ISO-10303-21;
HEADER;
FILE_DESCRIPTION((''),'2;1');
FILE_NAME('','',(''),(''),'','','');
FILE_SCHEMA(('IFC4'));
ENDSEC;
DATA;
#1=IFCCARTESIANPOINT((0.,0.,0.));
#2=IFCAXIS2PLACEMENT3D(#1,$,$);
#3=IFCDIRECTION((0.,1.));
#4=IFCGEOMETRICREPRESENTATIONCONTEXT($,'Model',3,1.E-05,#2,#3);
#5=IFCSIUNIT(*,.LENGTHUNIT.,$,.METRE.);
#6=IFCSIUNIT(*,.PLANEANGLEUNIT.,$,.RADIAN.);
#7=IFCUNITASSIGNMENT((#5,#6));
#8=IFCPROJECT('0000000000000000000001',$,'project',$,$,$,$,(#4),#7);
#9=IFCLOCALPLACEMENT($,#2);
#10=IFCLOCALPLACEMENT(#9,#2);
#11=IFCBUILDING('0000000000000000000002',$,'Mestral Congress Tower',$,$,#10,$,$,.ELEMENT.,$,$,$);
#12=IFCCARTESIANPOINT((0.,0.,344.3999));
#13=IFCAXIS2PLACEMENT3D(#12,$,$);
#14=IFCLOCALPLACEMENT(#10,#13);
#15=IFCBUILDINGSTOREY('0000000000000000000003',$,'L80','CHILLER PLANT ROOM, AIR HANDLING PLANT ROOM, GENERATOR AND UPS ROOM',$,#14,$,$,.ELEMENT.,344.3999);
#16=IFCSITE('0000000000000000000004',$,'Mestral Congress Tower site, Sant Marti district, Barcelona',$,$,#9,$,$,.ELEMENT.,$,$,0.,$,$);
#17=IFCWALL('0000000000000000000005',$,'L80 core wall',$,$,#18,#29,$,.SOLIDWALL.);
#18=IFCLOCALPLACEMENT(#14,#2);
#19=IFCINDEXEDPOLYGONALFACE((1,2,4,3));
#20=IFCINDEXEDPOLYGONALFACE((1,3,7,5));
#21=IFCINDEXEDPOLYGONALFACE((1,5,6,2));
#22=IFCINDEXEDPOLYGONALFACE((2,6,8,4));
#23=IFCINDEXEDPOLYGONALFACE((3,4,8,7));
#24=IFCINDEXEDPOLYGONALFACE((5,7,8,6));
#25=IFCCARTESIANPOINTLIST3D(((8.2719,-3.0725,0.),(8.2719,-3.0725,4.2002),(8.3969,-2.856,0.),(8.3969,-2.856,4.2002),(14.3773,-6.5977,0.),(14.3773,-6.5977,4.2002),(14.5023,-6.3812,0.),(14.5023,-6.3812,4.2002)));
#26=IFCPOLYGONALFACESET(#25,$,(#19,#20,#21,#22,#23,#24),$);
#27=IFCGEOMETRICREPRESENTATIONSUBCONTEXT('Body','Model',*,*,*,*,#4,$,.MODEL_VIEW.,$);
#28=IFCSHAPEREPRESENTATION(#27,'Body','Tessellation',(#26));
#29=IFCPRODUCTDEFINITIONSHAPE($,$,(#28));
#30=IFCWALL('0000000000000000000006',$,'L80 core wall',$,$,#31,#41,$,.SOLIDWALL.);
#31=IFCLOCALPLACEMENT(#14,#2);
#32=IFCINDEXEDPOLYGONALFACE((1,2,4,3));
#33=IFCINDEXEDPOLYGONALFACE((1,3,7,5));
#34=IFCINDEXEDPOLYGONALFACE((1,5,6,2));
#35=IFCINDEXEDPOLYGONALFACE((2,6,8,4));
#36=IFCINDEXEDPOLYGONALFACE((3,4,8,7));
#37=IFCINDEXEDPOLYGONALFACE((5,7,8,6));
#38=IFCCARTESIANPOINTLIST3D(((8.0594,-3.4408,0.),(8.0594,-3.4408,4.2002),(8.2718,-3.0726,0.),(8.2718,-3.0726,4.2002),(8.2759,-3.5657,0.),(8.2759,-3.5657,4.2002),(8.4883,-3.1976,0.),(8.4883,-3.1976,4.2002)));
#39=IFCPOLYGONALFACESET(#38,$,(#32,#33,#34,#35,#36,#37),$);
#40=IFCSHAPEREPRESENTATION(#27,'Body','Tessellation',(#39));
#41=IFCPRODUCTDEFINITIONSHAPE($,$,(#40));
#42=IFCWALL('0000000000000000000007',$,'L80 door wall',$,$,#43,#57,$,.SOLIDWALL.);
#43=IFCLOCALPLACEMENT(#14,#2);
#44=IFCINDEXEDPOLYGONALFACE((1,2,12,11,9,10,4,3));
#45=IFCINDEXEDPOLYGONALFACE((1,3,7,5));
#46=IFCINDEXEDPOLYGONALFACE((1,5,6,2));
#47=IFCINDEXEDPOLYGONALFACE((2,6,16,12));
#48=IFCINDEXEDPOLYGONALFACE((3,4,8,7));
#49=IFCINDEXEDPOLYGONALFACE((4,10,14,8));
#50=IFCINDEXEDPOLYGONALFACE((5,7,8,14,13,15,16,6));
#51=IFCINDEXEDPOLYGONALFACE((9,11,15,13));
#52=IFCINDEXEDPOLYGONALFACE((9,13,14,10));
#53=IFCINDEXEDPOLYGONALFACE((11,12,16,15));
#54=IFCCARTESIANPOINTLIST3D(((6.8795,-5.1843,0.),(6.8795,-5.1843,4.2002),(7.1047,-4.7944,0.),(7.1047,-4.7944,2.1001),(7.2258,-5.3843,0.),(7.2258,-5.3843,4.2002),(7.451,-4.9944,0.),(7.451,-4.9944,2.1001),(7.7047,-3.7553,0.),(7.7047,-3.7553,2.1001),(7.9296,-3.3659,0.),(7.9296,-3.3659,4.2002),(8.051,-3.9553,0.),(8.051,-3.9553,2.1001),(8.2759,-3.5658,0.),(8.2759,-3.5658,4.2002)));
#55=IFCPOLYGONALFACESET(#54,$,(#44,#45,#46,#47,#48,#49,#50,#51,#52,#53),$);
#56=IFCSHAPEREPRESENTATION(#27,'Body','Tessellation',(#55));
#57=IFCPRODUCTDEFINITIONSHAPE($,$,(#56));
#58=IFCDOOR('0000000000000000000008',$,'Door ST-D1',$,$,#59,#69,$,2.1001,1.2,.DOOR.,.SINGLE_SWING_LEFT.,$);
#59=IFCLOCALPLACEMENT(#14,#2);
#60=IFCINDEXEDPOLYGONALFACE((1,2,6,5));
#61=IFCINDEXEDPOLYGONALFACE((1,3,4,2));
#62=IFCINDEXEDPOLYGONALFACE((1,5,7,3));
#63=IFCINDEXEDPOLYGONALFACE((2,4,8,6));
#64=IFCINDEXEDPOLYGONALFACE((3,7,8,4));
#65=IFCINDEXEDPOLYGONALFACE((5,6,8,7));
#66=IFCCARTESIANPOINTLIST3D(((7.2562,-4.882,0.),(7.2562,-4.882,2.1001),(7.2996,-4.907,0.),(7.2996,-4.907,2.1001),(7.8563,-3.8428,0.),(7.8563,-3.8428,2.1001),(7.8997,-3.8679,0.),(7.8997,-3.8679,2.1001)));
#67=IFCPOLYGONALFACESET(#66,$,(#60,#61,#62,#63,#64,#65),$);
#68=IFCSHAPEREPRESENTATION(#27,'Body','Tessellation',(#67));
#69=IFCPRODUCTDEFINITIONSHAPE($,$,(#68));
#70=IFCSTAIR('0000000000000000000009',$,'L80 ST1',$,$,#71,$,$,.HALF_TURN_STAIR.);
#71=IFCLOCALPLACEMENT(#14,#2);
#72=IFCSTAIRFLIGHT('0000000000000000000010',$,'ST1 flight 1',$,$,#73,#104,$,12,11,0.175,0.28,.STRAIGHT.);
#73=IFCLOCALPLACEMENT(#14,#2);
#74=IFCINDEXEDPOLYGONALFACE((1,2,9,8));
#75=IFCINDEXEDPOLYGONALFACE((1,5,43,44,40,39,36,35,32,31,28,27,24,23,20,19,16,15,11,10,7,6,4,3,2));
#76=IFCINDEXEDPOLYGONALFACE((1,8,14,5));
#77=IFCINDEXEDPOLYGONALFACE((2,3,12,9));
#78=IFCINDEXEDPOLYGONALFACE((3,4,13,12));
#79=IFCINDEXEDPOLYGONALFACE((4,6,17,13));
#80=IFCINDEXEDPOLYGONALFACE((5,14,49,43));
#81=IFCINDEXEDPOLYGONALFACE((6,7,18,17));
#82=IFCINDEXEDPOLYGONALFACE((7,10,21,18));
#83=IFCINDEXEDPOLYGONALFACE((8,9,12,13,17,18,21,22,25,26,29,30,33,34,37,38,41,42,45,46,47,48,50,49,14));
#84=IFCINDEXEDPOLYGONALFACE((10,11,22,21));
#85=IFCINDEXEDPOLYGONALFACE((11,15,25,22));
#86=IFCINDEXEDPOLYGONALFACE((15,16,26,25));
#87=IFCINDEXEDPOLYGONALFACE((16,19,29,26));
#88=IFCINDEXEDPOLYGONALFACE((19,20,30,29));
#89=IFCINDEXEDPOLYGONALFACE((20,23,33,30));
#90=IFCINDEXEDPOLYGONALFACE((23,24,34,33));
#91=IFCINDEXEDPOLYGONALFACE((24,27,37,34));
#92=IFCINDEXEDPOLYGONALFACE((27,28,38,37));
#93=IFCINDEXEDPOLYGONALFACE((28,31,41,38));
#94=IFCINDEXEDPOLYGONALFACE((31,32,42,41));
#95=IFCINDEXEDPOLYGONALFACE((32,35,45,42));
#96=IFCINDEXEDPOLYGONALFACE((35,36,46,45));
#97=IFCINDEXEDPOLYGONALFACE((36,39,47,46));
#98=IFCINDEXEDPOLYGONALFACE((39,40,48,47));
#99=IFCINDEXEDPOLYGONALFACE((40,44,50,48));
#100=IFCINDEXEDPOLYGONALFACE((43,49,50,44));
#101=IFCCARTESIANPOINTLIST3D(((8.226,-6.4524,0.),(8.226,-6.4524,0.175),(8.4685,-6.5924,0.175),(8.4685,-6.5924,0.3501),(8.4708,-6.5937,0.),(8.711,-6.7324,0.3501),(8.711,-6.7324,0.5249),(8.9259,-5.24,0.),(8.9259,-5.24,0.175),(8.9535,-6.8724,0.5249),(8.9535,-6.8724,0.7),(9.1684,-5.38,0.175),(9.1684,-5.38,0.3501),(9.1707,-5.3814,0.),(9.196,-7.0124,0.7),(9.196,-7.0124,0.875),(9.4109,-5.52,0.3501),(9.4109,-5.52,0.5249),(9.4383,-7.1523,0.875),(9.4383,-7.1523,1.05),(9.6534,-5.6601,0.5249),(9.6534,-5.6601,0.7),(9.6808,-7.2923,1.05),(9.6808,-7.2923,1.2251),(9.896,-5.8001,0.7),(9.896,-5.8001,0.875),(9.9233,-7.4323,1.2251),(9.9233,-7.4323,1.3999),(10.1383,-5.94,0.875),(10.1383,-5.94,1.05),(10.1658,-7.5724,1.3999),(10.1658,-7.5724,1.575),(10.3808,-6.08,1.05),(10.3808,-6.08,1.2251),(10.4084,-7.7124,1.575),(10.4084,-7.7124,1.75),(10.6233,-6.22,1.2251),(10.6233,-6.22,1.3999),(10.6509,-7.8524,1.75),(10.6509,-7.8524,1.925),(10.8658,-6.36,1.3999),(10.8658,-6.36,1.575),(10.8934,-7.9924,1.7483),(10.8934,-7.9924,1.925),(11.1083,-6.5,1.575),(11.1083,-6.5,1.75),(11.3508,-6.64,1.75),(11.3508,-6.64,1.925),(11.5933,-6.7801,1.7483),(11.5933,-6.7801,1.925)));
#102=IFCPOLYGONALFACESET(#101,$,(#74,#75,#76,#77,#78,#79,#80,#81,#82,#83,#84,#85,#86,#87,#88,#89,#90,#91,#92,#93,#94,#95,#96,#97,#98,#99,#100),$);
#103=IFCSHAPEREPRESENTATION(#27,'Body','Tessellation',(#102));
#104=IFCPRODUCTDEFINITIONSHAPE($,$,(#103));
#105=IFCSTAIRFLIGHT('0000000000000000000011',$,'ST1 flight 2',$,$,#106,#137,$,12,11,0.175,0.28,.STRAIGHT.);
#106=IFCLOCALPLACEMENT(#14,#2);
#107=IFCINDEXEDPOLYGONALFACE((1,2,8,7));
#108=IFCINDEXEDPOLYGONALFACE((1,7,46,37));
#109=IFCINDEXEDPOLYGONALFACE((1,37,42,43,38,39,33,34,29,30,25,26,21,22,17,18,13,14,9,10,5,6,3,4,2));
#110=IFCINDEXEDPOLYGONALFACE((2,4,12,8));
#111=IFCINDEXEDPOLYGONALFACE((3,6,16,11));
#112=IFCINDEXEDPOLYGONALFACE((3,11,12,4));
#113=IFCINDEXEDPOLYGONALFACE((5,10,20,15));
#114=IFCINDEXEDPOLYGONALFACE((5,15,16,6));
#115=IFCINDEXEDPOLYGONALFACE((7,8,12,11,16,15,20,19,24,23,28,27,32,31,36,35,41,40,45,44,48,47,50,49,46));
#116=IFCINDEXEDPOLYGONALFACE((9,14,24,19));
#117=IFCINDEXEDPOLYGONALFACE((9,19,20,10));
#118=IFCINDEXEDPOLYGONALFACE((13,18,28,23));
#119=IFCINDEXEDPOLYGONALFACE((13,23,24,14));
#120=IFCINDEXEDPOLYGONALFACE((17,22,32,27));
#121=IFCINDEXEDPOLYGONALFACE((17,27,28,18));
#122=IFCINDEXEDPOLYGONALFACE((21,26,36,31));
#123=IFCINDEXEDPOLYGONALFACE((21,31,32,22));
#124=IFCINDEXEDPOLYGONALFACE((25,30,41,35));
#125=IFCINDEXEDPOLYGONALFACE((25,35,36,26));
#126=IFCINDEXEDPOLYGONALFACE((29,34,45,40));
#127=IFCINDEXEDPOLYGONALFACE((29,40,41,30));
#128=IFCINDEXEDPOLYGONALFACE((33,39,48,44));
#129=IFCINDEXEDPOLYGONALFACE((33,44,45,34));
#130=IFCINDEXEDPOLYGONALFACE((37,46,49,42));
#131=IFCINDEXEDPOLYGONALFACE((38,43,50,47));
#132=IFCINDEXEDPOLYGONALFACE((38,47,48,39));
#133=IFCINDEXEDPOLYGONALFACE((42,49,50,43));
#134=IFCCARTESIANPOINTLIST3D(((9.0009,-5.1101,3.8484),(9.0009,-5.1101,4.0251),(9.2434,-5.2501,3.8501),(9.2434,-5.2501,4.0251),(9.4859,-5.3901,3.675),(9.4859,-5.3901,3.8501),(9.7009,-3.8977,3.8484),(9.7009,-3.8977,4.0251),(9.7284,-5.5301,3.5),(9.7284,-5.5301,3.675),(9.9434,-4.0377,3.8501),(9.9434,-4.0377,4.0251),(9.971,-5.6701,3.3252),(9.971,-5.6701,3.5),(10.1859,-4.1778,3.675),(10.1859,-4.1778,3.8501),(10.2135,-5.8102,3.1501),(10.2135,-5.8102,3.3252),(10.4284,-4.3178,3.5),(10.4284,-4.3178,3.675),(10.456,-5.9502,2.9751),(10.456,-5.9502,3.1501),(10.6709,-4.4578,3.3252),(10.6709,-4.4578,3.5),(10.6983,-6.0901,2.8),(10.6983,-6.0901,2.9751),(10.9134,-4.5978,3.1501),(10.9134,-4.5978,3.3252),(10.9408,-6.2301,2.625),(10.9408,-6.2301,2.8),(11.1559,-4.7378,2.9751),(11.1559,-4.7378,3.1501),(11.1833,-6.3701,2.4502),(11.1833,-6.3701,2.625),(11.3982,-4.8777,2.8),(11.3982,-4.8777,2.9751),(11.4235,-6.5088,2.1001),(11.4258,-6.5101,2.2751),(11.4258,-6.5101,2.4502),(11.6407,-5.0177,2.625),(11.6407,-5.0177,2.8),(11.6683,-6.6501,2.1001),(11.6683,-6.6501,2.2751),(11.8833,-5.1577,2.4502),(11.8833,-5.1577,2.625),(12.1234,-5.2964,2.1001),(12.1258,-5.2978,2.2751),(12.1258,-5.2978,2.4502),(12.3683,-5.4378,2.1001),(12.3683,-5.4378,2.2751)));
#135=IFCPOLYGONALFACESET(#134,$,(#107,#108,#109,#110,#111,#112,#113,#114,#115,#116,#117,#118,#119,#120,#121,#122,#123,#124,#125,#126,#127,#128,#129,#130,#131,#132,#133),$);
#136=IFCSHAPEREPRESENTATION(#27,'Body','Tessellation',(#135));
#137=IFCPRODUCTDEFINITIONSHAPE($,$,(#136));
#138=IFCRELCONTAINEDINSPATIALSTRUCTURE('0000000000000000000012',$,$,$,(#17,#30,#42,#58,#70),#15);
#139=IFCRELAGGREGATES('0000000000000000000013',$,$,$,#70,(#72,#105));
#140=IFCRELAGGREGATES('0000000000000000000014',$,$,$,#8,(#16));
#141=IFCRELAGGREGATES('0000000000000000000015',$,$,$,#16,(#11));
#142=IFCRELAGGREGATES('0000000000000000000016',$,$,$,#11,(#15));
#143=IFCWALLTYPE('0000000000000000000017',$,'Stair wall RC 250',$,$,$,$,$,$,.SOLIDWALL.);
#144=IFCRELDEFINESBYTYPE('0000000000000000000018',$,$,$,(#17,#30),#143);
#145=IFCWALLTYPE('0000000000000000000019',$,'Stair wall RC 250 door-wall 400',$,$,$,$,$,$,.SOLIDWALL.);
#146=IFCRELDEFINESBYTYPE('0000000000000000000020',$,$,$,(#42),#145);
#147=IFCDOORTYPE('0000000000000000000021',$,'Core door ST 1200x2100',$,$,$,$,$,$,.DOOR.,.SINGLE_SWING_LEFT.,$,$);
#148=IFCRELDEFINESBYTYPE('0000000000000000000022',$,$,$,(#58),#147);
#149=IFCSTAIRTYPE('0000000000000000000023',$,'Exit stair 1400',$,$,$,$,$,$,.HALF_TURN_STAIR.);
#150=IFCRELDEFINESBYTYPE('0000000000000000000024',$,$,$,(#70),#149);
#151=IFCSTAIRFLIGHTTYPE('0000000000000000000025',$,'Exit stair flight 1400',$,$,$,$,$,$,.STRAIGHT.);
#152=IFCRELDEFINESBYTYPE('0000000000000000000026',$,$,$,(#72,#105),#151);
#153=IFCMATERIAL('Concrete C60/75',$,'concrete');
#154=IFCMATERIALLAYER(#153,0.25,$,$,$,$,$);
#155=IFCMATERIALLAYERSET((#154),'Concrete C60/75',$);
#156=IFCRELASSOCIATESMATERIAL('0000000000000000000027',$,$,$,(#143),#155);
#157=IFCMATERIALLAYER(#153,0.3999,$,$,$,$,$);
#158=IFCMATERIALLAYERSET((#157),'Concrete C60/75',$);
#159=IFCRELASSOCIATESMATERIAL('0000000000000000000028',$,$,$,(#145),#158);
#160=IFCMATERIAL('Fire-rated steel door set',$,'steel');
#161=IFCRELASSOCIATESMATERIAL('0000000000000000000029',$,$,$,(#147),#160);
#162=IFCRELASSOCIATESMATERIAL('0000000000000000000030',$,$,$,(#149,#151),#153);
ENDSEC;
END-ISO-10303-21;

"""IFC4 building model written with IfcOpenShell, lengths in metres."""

from ifc_helpers import new_model, si_unit, direction, frame, frame_2d, origin, place, context, subcontext, project, spatial, polyline, rectangle, outline, extrude, material, layer, layer_set, type_object, element, fill, aggregate, save


model = new_model("IFC4")

# Units and contexts
model_context = context("Model", 3, precision=1e-05, world=origin(), true_north=direction((0.0, 1.0)))
body_context = subcontext(model_context, "Body", "Model", "MODEL_VIEW")
ifc_project = project(units=[si_unit("LENGTHUNIT", "METRE"), si_unit("PLANEANGLEUNIT", "RADIAN")], contexts=[model_context])

# Site, building, storey
site_placement = place(None, origin())
site = spatial("IfcSite", under=ifc_project, at=site_placement, Name="Mestral Congress Tower site, Sant Marti district, Barcelona", CompositionType="ELEMENT", RefElevation=0.0)
building_placement = place(site_placement, origin())
building = spatial("IfcBuilding", under=site, at=building_placement, Name="Mestral Congress Tower", CompositionType="ELEMENT")
storey_placement = place(building_placement, frame((0.0, 0.0, 344.3999)))
storey = spatial("IfcBuildingStorey", under=building, at=storey_placement, Name="L80", Description="CHILLER PLANT ROOM, AIR HANDLING PLANT ROOM, GENERATOR AND UPS ROOM", CompositionType="ELEMENT", Elevation=344.3999)

# Shared definitions
ifc_material_1 = material(Name="Fire-rated steel door set", Category="steel")

# Shared definitions
ifc_material_2 = material(Name="Concrete C60/75", Category="concrete")

# Walls
ifc_layer_1 = layer(ifc_material_2, 0.25)
ifc_layer_set_1 = layer_set([ifc_layer_1], Name="Concrete C60/75")
wall_type_1 = type_object("IfcWallType", Name="Stair wall RC 250", PredefinedType="SOLIDWALL", material=ifc_layer_set_1)
wall_1_placement = place(storey_placement, frame((8.3345, -2.9644, 0.0), z_axis=(0.0, 0.0, 1.0), x_axis=(0.866016, -0.500016, 0.0)))
element("IfcWall", 1, at=wall_1_placement, inside=storey, type_object=wall_type_1, Name="L80 core wall", PredefinedType="SOLIDWALL", context=body_context, shape_type="SweptSolid", body=[
    extrude(rectangle(XDim=7.05, YDim=0.25, at=frame_2d((3.5249, 0.0))), origin(), (0.0, 0.0, 1.0), 4.2002),
])
wall_2_placement = place(storey_placement, frame((8.1677, -3.5032, 0.0), z_axis=(0.0, 0.0, 1.0), x_axis=(0.499722, 0.866186, 0.0)))
element("IfcWall", 2, at=wall_2_placement, inside=storey, type_object=wall_type_1, Name="L80 core wall", PredefinedType="SOLIDWALL", context=body_context, shape_type="SweptSolid", body=[
    extrude(rectangle(XDim=0.425, YDim=0.25, at=frame_2d((0.2124, 0.0))), origin(), (0.0, 0.0, 1.0), 4.2002),
])

# Wall, opening, door
ifc_layer_2 = layer(ifc_material_2, 0.3999)
ifc_layer_set_2 = layer_set([ifc_layer_2], Name="Concrete C60/75")
wall_type_2 = type_object("IfcWallType", Name="Stair wall RC 250 door-wall 400", PredefinedType="SOLIDWALL", material=ifc_layer_set_2)
wall_3_placement = place(storey_placement, frame((7.0527, -5.2842, 0.0), z_axis=(0.0, 0.0, 1.0), x_axis=(0.500078, 0.86598, 0.0)))
wall_3 = element("IfcWall", 3, at=wall_3_placement, inside=storey, type_object=wall_type_2, Name="L80 door wall", PredefinedType="SOLIDWALL", context=body_context, shape_type="SweptSolid", body=[
    extrude(rectangle(XDim=2.0999, YDim=0.3999, at=frame_2d((1.0498, 0.0))), origin(), (0.0, 0.0, 1.0), 4.2002),
])
opening_1_placement = place(wall_3_placement, frame((0.45, 0.0, 0.0)))
opening_1 = element("IfcOpeningElement", 4, at=opening_1_placement, cuts=wall_3, PredefinedType="OPENING", context=body_context, shape_type="SweptSolid", body=[
    extrude(rectangle(XDim=1.2, YDim=2.1001, at=frame_2d((0.6001, 1.05))), frame((0.0, 0.21, 0.0), z_axis=(0.0, -1.0, 0.0), x_axis=(1.0, 0.0, 0.0)), (0.0, 0.0, 1.0), 0.4199),
])
door_type_1 = type_object("IfcDoorType", Name="Core door ST 1200x2100", OperationType="SINGLE_SWING_LEFT", PredefinedType="DOOR", material=ifc_material_1)
door_1_placement = place(opening_1_placement, origin())
door_1 = element("IfcDoor", 5, at=door_1_placement, inside=storey, type_object=door_type_1, Name="Door ST-D1", OperationType="SINGLE_SWING_LEFT", OverallHeight=2.1001, OverallWidth=1.2, PredefinedType="DOOR", context=body_context, shape_type="SweptSolid", body=[
    extrude(rectangle(XDim=1.2, YDim=2.1001, at=frame_2d((0.6001, 1.05))), frame((0.0, 0.0249, 0.0), z_axis=(0.0, -1.0, 0.0), x_axis=(1.0, 0.0, 0.0)), (0.0, 0.0, 1.0), 0.05),
])
fill(opening_1, door_1)

# Stair, stair flights
stair_type = type_object("IfcStairType", Name="Exit stair 1400", PredefinedType="HALF_TURN_STAIR", material=ifc_material_2)
stair_placement = place(storey_placement, origin())
stair = element("IfcStair", 6, at=stair_placement, inside=storey, type_object=stair_type, Name="L80 ST1", PredefinedType="HALF_TURN_STAIR")
stair_flight_type = type_object("IfcStairFlightType", Name="Exit stair flight 1400", PredefinedType="STRAIGHT", material=ifc_material_2)
stair_flight_1_placement = place(storey_placement, frame((8.5759, -5.8462, 0.0), z_axis=(0.0, 0.0, 1.0), x_axis=(0.866025, -0.5, 0.0)))
stair_flight_1 = element("IfcStairFlight", 7, at=stair_flight_1_placement, type_object=stair_flight_type, Name="ST1 flight 1", NumberOfRisers=12, NumberOfTreads=11, PredefinedType="STRAIGHT", RiserHeight=0.175, TreadLength=0.28, context=body_context, shape_type="SweptSolid", body=[
    extrude(outline(polyline([(0.0, 0.0), (0.0, 0.175), (0.28, 0.175), (0.28, 0.3501), (0.5601, 0.3501), (0.5601, 0.5249), (0.8401, 0.5249), (0.8401, 0.7), (1.1201, 0.7), (1.1201, 0.875), (1.3999, 0.875), (1.3999, 1.05), (1.6799, 1.05), (1.6799, 1.2251), (1.96, 1.2251), (1.96, 1.3999), (2.24, 1.3999), (2.24, 1.575), (2.52, 1.575), (2.52, 1.75), (2.8, 1.75), (2.8, 1.925), (3.0801, 1.925), (3.0801, 2.1001), (3.0801, 1.7483), (0.2827, 0.0), (0.0, 0.0)])), frame((0.0, 0.7, 0.0), z_axis=(0.0, -1.0, 0.0), x_axis=(1.0, 0.0, 0.0)), (0.0, 0.0, 1.0), 1.3999),
])
stair_flight_2_placement = place(storey_placement, frame((12.0183, -6.0439, 2.1001), z_axis=(0.0, 0.0, 1.0), x_axis=(-0.866025, 0.5, 0.0)))
stair_flight_2 = element("IfcStairFlight", 8, at=stair_flight_2_placement, type_object=stair_flight_type, Name="ST1 flight 2", NumberOfRisers=12, NumberOfTreads=11, PredefinedType="STRAIGHT", RiserHeight=0.175, TreadLength=0.28, context=body_context, shape_type="SweptSolid", body=[
    extrude(outline(polyline([(0.0, 0.0), (0.0, 0.175), (0.28, 0.175), (0.28, 0.3501), (0.5601, 0.3501), (0.5601, 0.5249), (0.8401, 0.5249), (0.8401, 0.7), (1.1201, 0.7), (1.1201, 0.875), (1.3999, 0.875), (1.3999, 1.05), (1.6799, 1.05), (1.6799, 1.2251), (1.96, 1.2251), (1.96, 1.3999), (2.24, 1.3999), (2.24, 1.575), (2.52, 1.575), (2.52, 1.75), (2.8, 1.75), (2.8, 1.925), (3.0801, 1.925), (3.0801, 2.1001), (3.0801, 1.7483), (0.2827, 0.0), (0.0, 0.0)])), frame((0.0, 0.7, 0.0), z_axis=(0.0, -1.0, 0.0), x_axis=(1.0, 0.0, 0.0)), (0.0, 0.0, 1.0), 1.3999),
])
aggregate(stair, [stair_flight_1, stair_flight_2])

save(model, "model.ifc")
